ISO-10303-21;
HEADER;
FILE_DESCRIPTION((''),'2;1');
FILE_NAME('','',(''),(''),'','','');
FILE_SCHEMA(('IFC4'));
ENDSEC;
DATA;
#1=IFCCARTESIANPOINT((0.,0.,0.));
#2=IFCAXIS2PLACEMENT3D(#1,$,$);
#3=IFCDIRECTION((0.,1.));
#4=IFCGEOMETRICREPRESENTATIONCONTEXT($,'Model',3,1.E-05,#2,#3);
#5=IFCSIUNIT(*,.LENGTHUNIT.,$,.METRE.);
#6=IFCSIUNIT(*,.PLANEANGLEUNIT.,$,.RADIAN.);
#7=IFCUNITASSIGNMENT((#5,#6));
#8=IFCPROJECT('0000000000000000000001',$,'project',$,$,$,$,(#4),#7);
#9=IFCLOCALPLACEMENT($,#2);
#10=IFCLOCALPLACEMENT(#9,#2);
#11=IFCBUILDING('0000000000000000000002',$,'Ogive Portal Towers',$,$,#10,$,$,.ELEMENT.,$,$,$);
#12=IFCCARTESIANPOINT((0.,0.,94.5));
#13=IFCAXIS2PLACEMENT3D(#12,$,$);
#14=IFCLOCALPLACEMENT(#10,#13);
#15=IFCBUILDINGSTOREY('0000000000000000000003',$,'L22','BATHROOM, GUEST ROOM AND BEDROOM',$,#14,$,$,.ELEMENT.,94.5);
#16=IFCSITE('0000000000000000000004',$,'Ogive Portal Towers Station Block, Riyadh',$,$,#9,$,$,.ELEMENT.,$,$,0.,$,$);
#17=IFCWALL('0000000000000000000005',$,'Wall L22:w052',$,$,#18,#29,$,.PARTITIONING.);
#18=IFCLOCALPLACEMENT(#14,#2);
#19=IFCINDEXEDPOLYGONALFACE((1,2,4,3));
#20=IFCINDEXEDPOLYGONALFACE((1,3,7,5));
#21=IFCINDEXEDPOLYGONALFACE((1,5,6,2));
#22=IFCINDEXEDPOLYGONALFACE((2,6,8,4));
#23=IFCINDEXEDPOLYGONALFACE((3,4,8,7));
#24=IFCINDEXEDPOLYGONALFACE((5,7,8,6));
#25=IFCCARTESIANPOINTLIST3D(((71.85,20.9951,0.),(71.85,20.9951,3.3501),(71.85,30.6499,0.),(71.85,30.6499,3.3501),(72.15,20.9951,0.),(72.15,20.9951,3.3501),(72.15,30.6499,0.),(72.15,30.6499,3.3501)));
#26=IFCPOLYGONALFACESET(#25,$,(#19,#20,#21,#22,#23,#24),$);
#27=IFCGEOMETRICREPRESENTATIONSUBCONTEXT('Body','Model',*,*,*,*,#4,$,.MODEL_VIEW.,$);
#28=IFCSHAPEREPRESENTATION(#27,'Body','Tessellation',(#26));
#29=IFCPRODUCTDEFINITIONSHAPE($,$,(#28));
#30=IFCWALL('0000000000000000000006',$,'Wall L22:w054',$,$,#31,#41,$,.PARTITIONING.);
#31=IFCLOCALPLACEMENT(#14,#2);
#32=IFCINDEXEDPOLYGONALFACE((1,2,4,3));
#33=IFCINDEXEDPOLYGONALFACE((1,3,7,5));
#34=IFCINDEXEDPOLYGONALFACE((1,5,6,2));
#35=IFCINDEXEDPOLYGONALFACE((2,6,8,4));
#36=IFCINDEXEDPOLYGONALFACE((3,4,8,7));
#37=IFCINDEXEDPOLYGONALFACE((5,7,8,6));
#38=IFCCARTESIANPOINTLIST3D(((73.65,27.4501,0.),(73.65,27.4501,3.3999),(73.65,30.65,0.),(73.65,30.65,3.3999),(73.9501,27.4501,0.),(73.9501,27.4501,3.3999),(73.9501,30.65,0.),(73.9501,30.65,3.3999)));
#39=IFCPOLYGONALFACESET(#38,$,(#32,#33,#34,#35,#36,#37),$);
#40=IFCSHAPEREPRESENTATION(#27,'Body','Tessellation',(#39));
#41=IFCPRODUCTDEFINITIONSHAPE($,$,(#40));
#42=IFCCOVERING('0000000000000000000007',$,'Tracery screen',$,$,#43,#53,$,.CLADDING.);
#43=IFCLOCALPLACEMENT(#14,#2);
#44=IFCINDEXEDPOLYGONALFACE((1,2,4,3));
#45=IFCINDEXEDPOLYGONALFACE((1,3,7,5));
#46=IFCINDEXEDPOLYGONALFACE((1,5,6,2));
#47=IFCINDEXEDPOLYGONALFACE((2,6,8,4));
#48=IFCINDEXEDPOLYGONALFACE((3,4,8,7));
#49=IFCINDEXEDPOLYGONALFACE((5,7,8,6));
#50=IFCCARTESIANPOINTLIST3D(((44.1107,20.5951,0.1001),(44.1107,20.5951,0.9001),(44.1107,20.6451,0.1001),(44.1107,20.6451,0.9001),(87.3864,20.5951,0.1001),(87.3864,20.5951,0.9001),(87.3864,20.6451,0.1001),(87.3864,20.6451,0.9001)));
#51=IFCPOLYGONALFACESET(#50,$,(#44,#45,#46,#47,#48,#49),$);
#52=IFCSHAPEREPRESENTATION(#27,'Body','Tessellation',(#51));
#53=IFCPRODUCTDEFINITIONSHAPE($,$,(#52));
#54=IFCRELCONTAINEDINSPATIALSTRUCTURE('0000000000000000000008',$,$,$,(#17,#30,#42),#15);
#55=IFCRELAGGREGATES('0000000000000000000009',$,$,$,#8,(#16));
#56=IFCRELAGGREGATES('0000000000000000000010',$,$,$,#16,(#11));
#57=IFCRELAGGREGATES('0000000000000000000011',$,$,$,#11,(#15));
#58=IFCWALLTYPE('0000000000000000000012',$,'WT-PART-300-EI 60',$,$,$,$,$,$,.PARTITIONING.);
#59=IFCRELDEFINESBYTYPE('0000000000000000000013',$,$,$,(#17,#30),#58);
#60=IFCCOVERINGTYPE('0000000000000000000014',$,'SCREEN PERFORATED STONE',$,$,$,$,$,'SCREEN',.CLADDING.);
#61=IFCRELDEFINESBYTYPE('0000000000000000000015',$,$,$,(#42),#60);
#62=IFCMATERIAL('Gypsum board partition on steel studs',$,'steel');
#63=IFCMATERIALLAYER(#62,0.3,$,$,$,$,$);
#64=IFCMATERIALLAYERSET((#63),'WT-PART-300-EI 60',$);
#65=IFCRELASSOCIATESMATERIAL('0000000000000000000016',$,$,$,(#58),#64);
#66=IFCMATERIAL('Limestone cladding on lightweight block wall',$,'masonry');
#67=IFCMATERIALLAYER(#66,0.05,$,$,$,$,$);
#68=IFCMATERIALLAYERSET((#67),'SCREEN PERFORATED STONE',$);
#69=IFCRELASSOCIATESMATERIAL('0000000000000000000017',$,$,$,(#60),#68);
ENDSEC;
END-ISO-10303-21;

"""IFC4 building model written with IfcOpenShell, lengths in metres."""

from ifc_helpers import new_model, si_unit, direction, frame, frame_2d, origin, origin_2d, place, context, subcontext, project, spatial, rectangle, extrude, material, layer, layer_set, type_object, element, save


model = new_model("IFC4")

# Units and contexts
model_context = context("Model", 3, precision=1e-05, world=origin(), true_north=direction((0.0, 1.0)))
body_context = subcontext(model_context, "Body", "Model", "MODEL_VIEW")
ifc_project = project(units=[si_unit("LENGTHUNIT", "METRE"), si_unit("PLANEANGLEUNIT", "RADIAN")], contexts=[model_context])

# Site, building, storey
site_placement = place(None, origin())
site = spatial("IfcSite", under=ifc_project, at=site_placement, Name="Ogive Portal Towers Station Block, Riyadh", CompositionType="ELEMENT", RefElevation=0.0)
building_placement = place(site_placement, origin())
building = spatial("IfcBuilding", under=site, at=building_placement, Name="Ogive Portal Towers", CompositionType="ELEMENT")
storey_placement = place(building_placement, frame((0.0, 0.0, 94.5)))
storey = spatial("IfcBuildingStorey", under=building, at=storey_placement, Name="L22", Description="BATHROOM, GUEST ROOM AND BEDROOM", CompositionType="ELEMENT", Elevation=94.5)

# Shared definitions
ifc_material_1 = material(Name="Gypsum board partition on steel studs", Category="steel")
ifc_layer_1 = layer(ifc_material_1, 0.3)
ifc_layer_set_1 = layer_set([ifc_layer_1], Name="WT-PART-300-EI 60")
wall_type = type_object("IfcWallType", Name="WT-PART-300-EI 60", PredefinedType="PARTITIONING", material=ifc_layer_set_1)

# Walls
wall_1_placement = place(storey_placement, frame((72.0, 20.9951, 0.0), z_axis=(0.0, 0.0, 1.0), x_axis=(0.0, 1.0, 0.0)))
element("IfcWall", 1, at=wall_1_placement, inside=storey, type_object=wall_type, Name="Wall L22:w052", PredefinedType="PARTITIONING", context=body_context, shape_type="SweptSolid", body=[
    extrude(rectangle(XDim=9.6548, YDim=0.3, at=frame_2d((4.8274, 0.0))), origin(), (0.0, 0.0, 1.0), 3.3501),
])
wall_2_placement = place(storey_placement, frame((73.8, 27.45, 0.0), z_axis=(0.0, 0.0, 1.0), x_axis=(0.0, 1.0, 0.0)))
element("IfcWall", 2, at=wall_2_placement, inside=storey, type_object=wall_type, Name="Wall L22:w054", PredefinedType="PARTITIONING", context=body_context, shape_type="SweptSolid", body=[
    extrude(rectangle(XDim=3.2, YDim=0.3, at=frame_2d((1.6001, 0.0))), origin(), (0.0, 0.0, 1.0), 3.3999),
])

# Covering
ifc_material_2 = material(Name="Limestone cladding on lightweight block wall", Category="masonry")
ifc_layer_2 = layer(ifc_material_2, 0.05)
ifc_layer_set_2 = layer_set([ifc_layer_2], Name="SCREEN PERFORATED STONE")
covering_type = type_object("IfcCoveringType", Name="SCREEN PERFORATED STONE", ElementType="SCREEN", PredefinedType="CLADDING", material=ifc_layer_set_2)
covering_placement = place(storey_placement, frame((65.7485, 20.6201, 0.1001), z_axis=(0.0, 0.0, 1.0), x_axis=(1.0, 0.0, 0.0)))
element("IfcCovering", 3, at=covering_placement, inside=storey, type_object=covering_type, Name="Tracery screen", PredefinedType="CLADDING", context=body_context, shape_type="SweptSolid", body=[
    extrude(rectangle(XDim=43.2756, YDim=0.05, at=origin_2d()), origin(), (0.0, 0.0, 1.0), 0.8),
])

save(model, "model.ifc")
